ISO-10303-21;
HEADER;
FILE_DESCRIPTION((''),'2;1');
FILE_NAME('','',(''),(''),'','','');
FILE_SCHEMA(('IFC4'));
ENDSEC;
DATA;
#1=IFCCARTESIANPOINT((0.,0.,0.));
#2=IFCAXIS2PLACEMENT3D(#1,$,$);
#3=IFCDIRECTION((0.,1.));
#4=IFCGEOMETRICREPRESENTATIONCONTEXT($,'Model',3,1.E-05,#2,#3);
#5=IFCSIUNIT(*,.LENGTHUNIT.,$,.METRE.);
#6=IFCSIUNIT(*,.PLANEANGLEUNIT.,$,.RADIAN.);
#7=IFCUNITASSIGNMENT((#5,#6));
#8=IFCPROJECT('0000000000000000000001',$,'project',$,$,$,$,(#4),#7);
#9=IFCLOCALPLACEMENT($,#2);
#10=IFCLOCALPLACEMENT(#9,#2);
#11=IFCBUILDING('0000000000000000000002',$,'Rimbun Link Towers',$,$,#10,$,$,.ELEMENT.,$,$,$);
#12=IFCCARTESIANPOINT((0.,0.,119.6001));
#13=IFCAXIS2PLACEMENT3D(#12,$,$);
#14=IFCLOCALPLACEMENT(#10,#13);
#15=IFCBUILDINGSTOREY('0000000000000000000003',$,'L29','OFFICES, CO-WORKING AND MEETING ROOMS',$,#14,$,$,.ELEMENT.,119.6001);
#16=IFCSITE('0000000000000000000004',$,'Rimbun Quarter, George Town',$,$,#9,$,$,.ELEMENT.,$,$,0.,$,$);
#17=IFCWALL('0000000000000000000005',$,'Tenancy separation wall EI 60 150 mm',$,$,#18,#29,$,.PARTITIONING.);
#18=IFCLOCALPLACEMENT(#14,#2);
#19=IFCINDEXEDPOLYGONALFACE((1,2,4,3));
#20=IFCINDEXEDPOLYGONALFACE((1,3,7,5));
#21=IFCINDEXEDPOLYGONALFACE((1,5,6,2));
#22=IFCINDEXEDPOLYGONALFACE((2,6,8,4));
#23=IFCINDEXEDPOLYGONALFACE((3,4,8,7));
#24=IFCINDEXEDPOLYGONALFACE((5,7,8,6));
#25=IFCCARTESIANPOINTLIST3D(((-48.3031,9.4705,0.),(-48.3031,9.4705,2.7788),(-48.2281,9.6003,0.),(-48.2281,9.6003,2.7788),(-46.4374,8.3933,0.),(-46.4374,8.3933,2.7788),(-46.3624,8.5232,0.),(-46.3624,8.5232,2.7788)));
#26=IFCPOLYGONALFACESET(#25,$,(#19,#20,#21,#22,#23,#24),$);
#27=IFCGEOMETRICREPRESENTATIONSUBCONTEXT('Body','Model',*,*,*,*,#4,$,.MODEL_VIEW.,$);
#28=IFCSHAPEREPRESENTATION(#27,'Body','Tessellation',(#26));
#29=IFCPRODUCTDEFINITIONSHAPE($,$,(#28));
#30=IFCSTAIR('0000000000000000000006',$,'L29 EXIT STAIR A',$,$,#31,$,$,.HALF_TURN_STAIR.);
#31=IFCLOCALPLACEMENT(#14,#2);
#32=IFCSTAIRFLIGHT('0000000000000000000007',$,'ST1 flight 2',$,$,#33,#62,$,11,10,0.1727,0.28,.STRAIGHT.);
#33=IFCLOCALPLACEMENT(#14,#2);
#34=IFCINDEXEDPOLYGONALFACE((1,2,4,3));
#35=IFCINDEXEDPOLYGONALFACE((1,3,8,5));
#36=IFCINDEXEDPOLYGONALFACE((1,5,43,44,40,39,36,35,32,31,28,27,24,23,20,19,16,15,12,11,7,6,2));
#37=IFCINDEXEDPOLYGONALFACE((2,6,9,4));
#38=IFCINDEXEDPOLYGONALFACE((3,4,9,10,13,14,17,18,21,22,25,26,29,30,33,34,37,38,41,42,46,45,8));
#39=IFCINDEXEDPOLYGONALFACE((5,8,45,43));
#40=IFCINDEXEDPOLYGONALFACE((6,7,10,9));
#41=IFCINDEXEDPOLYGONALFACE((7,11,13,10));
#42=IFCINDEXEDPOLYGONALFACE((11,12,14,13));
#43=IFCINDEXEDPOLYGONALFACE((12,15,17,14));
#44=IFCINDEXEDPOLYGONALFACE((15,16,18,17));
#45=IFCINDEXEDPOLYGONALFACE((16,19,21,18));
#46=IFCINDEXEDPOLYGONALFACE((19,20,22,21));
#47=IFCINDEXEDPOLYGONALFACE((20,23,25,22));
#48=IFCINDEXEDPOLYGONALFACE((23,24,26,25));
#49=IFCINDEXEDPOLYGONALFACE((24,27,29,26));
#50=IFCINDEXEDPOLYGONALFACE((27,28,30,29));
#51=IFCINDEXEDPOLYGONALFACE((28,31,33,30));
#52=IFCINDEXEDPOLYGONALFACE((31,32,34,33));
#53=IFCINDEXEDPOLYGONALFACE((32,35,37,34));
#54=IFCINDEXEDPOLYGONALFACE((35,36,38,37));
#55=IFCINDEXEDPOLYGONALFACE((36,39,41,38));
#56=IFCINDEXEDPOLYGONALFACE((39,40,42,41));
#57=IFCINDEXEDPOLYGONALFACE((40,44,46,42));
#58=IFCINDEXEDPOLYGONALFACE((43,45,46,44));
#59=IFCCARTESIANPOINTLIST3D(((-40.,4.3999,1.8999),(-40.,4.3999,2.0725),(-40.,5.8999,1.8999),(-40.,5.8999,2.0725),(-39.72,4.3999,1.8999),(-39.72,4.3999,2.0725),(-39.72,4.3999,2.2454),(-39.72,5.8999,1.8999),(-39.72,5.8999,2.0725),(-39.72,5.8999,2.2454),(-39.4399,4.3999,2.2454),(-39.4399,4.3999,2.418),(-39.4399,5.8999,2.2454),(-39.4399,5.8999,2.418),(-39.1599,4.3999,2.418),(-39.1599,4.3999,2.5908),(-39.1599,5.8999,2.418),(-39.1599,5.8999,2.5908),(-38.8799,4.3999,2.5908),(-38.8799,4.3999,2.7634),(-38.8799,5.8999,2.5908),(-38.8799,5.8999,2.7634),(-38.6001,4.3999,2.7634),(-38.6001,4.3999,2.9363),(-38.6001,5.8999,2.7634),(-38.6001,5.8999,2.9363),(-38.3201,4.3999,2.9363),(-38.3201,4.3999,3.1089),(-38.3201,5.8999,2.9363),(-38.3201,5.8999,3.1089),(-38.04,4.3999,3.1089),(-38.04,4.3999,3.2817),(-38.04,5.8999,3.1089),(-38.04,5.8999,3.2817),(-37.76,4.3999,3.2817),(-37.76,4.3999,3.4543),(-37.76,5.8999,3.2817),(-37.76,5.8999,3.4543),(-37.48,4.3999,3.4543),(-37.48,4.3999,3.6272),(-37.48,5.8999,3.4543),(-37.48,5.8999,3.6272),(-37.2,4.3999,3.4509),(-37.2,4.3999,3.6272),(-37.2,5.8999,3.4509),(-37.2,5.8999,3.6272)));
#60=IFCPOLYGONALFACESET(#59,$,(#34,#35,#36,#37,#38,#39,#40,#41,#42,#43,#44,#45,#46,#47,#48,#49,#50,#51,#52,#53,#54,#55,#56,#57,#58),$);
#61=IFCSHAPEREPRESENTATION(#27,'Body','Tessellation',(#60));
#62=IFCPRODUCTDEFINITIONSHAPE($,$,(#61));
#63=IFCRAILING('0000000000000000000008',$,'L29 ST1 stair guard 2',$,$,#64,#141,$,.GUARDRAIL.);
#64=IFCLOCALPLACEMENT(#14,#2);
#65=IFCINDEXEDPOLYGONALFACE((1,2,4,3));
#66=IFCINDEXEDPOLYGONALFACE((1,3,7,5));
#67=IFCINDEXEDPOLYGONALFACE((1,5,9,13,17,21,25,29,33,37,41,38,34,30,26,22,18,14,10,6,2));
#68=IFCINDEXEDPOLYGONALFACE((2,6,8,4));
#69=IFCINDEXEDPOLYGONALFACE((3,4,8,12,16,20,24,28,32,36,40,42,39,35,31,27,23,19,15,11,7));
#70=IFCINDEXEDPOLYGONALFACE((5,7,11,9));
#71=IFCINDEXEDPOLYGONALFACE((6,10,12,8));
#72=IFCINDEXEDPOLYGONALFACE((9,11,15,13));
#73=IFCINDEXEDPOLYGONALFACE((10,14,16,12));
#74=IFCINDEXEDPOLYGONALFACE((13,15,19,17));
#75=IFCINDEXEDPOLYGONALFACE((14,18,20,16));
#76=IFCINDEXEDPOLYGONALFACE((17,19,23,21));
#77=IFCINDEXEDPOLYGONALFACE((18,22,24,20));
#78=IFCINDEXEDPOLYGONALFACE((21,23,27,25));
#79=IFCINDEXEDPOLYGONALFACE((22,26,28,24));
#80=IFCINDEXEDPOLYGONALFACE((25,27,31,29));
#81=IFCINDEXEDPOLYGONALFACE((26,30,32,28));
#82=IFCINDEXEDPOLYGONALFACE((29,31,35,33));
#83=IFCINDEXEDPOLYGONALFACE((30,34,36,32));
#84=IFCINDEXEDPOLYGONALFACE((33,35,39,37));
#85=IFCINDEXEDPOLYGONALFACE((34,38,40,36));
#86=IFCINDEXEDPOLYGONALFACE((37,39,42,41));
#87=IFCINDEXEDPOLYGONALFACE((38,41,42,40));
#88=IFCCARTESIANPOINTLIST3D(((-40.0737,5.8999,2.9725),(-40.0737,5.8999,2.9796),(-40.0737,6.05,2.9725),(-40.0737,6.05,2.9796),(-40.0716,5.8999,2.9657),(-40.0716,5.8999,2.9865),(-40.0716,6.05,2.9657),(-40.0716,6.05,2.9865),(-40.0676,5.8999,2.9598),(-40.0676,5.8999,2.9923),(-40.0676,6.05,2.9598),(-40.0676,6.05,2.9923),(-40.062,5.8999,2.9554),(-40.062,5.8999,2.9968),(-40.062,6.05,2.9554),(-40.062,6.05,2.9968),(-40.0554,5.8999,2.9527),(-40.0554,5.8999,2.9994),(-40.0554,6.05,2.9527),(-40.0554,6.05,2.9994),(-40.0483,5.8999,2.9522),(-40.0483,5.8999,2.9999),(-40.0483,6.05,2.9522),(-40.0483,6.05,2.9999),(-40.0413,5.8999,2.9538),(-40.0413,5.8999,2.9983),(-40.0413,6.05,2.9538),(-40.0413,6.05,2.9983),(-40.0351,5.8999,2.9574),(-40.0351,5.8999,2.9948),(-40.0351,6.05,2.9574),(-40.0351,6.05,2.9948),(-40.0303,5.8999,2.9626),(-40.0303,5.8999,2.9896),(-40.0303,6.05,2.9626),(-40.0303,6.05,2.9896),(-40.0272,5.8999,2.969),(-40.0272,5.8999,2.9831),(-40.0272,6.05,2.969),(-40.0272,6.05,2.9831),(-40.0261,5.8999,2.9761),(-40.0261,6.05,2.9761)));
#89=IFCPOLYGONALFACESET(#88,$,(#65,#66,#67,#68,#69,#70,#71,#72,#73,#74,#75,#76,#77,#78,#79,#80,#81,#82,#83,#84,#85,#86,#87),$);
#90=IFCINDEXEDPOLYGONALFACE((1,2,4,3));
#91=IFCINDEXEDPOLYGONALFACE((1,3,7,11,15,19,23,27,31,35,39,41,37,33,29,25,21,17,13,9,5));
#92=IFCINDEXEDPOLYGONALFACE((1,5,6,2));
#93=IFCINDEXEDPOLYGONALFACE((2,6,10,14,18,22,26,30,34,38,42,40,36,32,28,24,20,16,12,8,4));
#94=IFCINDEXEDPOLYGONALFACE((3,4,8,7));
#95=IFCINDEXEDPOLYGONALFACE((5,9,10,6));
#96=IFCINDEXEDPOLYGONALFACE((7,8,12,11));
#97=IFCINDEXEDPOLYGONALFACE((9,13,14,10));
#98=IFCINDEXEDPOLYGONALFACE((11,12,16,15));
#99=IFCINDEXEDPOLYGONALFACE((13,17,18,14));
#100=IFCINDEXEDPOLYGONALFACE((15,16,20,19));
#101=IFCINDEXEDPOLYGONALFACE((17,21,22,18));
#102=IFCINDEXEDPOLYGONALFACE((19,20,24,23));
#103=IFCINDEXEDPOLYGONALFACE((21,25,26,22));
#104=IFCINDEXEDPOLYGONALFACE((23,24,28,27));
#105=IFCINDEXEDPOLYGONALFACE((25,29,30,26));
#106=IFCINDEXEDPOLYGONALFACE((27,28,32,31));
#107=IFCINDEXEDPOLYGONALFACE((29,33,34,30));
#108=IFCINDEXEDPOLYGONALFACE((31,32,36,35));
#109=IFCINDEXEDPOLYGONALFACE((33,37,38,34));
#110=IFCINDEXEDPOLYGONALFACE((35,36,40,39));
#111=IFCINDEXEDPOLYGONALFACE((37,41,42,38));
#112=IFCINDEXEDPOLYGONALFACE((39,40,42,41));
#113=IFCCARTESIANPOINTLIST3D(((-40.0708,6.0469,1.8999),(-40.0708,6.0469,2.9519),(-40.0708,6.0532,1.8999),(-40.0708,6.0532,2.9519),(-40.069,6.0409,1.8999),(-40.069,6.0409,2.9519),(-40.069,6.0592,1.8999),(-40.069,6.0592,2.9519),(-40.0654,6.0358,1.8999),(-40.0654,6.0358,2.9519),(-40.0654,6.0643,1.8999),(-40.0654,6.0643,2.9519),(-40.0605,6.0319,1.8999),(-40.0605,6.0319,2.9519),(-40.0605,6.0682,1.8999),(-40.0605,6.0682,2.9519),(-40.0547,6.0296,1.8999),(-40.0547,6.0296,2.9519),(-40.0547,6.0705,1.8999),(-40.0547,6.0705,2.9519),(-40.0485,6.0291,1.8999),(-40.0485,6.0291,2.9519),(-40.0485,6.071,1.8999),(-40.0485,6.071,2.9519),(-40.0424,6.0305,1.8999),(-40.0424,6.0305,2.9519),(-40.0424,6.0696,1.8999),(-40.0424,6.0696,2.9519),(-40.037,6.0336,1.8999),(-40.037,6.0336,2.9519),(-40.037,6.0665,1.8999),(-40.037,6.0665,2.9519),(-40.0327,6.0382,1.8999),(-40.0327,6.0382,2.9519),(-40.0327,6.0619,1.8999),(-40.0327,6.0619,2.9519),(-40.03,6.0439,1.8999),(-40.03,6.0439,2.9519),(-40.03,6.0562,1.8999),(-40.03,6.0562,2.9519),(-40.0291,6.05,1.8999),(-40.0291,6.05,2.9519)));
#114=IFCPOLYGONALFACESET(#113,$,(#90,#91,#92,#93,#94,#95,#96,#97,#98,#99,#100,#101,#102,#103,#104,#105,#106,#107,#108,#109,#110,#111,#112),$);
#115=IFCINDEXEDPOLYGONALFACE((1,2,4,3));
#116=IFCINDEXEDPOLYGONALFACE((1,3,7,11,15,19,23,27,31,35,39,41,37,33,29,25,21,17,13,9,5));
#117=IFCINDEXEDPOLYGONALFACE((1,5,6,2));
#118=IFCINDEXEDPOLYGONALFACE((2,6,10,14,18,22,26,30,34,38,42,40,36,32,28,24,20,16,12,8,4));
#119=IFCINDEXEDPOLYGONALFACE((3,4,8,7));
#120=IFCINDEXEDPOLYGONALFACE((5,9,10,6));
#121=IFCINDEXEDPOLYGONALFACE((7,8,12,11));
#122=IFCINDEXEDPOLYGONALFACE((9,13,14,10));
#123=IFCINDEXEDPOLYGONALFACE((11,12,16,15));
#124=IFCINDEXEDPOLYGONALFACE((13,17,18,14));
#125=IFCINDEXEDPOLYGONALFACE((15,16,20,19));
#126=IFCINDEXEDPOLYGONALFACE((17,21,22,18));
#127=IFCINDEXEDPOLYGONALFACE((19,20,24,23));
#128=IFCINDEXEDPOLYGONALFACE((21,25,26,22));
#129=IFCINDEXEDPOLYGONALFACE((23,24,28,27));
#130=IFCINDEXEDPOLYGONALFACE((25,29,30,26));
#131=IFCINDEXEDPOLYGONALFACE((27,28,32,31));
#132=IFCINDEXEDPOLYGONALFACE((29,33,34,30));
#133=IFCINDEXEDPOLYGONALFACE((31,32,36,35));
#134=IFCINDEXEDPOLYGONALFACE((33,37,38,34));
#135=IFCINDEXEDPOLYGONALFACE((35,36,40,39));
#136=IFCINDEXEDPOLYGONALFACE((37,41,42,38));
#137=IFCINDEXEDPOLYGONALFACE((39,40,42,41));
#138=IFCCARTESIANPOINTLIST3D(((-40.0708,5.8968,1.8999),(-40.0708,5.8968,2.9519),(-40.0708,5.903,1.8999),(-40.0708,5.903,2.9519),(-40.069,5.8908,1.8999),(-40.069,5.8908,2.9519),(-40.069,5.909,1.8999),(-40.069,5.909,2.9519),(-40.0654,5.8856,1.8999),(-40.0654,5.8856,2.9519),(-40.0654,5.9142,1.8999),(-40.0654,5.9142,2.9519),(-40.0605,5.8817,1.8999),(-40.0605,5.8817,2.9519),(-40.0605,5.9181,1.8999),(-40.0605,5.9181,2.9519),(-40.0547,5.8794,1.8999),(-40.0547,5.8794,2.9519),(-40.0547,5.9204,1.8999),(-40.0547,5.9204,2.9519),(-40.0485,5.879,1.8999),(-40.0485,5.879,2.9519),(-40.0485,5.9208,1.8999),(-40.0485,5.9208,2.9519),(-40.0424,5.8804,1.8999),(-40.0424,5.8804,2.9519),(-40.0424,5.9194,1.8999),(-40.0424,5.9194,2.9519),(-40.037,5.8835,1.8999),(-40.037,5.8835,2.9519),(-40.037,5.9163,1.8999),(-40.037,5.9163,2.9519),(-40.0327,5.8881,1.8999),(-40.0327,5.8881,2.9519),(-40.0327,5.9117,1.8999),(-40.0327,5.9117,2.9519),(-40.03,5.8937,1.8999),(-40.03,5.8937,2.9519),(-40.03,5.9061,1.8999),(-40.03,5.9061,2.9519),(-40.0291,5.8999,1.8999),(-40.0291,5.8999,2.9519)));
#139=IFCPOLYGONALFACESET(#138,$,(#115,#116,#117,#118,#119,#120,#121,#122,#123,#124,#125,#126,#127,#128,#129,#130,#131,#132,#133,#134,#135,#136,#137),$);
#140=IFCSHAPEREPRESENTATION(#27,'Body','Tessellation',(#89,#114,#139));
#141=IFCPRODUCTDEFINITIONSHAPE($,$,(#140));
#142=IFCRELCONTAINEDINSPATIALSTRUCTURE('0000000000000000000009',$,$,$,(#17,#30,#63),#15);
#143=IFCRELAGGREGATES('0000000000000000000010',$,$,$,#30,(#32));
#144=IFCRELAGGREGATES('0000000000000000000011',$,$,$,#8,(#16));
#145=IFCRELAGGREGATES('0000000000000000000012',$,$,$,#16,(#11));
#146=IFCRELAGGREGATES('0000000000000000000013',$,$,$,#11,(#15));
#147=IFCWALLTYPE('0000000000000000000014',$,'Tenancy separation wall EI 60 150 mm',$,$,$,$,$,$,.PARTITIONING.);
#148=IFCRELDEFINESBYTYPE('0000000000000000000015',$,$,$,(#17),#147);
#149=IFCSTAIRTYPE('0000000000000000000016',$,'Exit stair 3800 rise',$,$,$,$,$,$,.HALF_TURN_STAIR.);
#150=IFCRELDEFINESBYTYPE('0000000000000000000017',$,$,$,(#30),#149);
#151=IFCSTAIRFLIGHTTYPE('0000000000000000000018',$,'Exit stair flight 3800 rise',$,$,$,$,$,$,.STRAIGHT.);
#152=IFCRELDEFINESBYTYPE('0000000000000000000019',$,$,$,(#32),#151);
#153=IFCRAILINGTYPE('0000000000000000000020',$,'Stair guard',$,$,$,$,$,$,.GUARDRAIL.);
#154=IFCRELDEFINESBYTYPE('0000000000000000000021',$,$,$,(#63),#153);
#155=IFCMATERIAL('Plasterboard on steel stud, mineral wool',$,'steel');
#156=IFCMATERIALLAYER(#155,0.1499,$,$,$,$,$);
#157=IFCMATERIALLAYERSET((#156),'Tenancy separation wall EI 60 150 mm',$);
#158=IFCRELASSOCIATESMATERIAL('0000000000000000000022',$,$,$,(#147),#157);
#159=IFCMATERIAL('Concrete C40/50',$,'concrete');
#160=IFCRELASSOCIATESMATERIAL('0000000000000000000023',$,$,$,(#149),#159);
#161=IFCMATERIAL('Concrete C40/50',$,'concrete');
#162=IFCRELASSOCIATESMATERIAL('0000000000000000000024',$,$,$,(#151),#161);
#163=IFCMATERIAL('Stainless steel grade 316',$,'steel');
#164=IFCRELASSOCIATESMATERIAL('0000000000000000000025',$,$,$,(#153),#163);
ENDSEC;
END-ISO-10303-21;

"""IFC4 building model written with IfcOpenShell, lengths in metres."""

from ifc_helpers import new_model, si_unit, direction, frame, frame_2d, origin, origin_2d, place, context, subcontext, project, spatial, polyline, rectangle, circle, outline, extrude, material, layer, layer_set, type_object, element, aggregate, save


model = new_model("IFC4")

# Units and contexts
model_context = context("Model", 3, precision=1e-05, world=origin(), true_north=direction((0.0, 1.0)))
body_context = subcontext(model_context, "Body", "Model", "MODEL_VIEW")
ifc_project = project(units=[si_unit("LENGTHUNIT", "METRE"), si_unit("PLANEANGLEUNIT", "RADIAN")], contexts=[model_context])

# Site, building, storey
site_placement = place(None, origin())
site = spatial("IfcSite", under=ifc_project, at=site_placement, Name="Rimbun Quarter, George Town", CompositionType="ELEMENT", RefElevation=0.0)
building_placement = place(site_placement, origin())
building = spatial("IfcBuilding", under=site, at=building_placement, Name="Rimbun Link Towers", CompositionType="ELEMENT")
storey_placement = place(building_placement, frame((0.0, 0.0, 119.6001)))
storey = spatial("IfcBuildingStorey", under=building, at=storey_placement, Name="L29", Description="OFFICES, CO-WORKING AND MEETING ROOMS", CompositionType="ELEMENT", Elevation=119.6001)

# Wall
ifc_material_1 = material(Name="Plasterboard on steel stud, mineral wool", Category="steel")
ifc_layer_1 = layer(ifc_material_1, 0.1499)
ifc_layer_set_1 = layer_set([ifc_layer_1], Name="Tenancy separation wall EI 60 150 mm")
wall_type_1 = type_object("IfcWallType", Name="Tenancy separation wall EI 60 150 mm", PredefinedType="PARTITIONING", material=ifc_layer_set_1)
wall_1_placement = place(storey_placement, frame((-46.3999, 8.4583, 0.0), z_axis=(0.0, 0.0, 1.0), x_axis=(-0.866031, 0.499991, 0.0)))
element("IfcWall", 1, at=wall_1_placement, inside=storey, type_object=wall_type_1, Name="Tenancy separation wall EI 60 150 mm", PredefinedType="PARTITIONING", context=body_context, shape_type="SweptSolid", body=[
    extrude(rectangle(XDim=2.1543, YDim=0.1499, at=frame_2d((1.0771, 0.0))), origin(), (0.0, 0.0, 1.0), 2.7788),
])

# Stair, stair flight
ifc_material_2 = material(Name="Concrete C40/50", Category="concrete")
stair_type = type_object("IfcStairType", Name="Exit stair 3800 rise", PredefinedType="HALF_TURN_STAIR", material=ifc_material_2)
stair_placement = place(storey_placement, origin())
stair = element("IfcStair", 2, at=stair_placement, inside=storey, type_object=stair_type, Name="L29 EXIT STAIR A", PredefinedType="HALF_TURN_STAIR")
ifc_material_3 = material(Name="Concrete C40/50", Category="concrete")
stair_flight_type = type_object("IfcStairFlightType", Name="Exit stair flight 3800 rise", PredefinedType="STRAIGHT", material=ifc_material_3)
stair_flight_placement = place(storey_placement, frame((-40.0, 5.1499, 1.8999), z_axis=(0.0, 0.0, 1.0), x_axis=(1.0, 0.0, 0.0)))
stair_flight = element("IfcStairFlight", 3, at=stair_flight_placement, type_object=stair_flight_type, Name="ST1 flight 2", NumberOfRisers=11, NumberOfTreads=10, PredefinedType="STRAIGHT", RiserHeight=0.1727, TreadLength=0.28, context=body_context, shape_type="SweptSolid", body=[
    extrude(outline(polyline([(0.0, 0.0), (0.0, 0.1726), (0.28, 0.1726), (0.28, 0.3455), (0.5601, 0.3455), (0.5601, 0.5181), (0.8401, 0.5181), (0.8401, 0.6909), (1.1201, 0.6909), (1.1201, 0.8635), (1.3999, 0.8635), (1.3999, 1.0364), (1.6799, 1.0364), (1.6799, 1.209), (1.96, 1.209), (1.96, 1.3818), (2.24, 1.3818), (2.24, 1.5544), (2.52, 1.5544), (2.52, 1.7273), (2.8, 1.7273), (2.8, 1.8999), (2.8, 1.551), (0.28, 0.0), (0.0, 0.0)])), frame((0.0, 0.75, 0.0), z_axis=(0.0, -1.0, 0.0), x_axis=(1.0, 0.0, 0.0)), (0.0, 0.0, 1.0), 1.5),
])
aggregate(stair, [stair_flight])

# Railing
ifc_material_4 = material(Name="Stainless steel grade 316", Category="steel")
railing_type_1 = type_object("IfcRailingType", Name="Stair guard", PredefinedType="GUARDRAIL", material=ifc_material_4)
railing_1_placement = place(storey_placement, frame((-40.05, 6.05, 1.8999)))
element("IfcRailing", 4, at=railing_1_placement, inside=storey, type_object=railing_type_1, Name="L29 ST1 stair guard 2", PredefinedType="GUARDRAIL", context=body_context, shape_type="SweptSolid", body=[
    extrude(circle(Radius=0.0239, at=origin_2d()), frame((0.0, 0.0, 1.0762), z_axis=(0.0, -1.0, 0.0), x_axis=(1.0, 0.0, 0.0)), (0.0, 0.0, 1.0), 0.1501),
    extrude(circle(Radius=0.021, at=origin_2d()), origin(), (0.0, 0.0, 1.0), 1.052),
    extrude(circle(Radius=0.021, at=origin_2d()), frame((0.0, -0.1501, 0.0)), (0.0, 0.0, 1.0), 1.052),
])

save(model, "model.ifc")
